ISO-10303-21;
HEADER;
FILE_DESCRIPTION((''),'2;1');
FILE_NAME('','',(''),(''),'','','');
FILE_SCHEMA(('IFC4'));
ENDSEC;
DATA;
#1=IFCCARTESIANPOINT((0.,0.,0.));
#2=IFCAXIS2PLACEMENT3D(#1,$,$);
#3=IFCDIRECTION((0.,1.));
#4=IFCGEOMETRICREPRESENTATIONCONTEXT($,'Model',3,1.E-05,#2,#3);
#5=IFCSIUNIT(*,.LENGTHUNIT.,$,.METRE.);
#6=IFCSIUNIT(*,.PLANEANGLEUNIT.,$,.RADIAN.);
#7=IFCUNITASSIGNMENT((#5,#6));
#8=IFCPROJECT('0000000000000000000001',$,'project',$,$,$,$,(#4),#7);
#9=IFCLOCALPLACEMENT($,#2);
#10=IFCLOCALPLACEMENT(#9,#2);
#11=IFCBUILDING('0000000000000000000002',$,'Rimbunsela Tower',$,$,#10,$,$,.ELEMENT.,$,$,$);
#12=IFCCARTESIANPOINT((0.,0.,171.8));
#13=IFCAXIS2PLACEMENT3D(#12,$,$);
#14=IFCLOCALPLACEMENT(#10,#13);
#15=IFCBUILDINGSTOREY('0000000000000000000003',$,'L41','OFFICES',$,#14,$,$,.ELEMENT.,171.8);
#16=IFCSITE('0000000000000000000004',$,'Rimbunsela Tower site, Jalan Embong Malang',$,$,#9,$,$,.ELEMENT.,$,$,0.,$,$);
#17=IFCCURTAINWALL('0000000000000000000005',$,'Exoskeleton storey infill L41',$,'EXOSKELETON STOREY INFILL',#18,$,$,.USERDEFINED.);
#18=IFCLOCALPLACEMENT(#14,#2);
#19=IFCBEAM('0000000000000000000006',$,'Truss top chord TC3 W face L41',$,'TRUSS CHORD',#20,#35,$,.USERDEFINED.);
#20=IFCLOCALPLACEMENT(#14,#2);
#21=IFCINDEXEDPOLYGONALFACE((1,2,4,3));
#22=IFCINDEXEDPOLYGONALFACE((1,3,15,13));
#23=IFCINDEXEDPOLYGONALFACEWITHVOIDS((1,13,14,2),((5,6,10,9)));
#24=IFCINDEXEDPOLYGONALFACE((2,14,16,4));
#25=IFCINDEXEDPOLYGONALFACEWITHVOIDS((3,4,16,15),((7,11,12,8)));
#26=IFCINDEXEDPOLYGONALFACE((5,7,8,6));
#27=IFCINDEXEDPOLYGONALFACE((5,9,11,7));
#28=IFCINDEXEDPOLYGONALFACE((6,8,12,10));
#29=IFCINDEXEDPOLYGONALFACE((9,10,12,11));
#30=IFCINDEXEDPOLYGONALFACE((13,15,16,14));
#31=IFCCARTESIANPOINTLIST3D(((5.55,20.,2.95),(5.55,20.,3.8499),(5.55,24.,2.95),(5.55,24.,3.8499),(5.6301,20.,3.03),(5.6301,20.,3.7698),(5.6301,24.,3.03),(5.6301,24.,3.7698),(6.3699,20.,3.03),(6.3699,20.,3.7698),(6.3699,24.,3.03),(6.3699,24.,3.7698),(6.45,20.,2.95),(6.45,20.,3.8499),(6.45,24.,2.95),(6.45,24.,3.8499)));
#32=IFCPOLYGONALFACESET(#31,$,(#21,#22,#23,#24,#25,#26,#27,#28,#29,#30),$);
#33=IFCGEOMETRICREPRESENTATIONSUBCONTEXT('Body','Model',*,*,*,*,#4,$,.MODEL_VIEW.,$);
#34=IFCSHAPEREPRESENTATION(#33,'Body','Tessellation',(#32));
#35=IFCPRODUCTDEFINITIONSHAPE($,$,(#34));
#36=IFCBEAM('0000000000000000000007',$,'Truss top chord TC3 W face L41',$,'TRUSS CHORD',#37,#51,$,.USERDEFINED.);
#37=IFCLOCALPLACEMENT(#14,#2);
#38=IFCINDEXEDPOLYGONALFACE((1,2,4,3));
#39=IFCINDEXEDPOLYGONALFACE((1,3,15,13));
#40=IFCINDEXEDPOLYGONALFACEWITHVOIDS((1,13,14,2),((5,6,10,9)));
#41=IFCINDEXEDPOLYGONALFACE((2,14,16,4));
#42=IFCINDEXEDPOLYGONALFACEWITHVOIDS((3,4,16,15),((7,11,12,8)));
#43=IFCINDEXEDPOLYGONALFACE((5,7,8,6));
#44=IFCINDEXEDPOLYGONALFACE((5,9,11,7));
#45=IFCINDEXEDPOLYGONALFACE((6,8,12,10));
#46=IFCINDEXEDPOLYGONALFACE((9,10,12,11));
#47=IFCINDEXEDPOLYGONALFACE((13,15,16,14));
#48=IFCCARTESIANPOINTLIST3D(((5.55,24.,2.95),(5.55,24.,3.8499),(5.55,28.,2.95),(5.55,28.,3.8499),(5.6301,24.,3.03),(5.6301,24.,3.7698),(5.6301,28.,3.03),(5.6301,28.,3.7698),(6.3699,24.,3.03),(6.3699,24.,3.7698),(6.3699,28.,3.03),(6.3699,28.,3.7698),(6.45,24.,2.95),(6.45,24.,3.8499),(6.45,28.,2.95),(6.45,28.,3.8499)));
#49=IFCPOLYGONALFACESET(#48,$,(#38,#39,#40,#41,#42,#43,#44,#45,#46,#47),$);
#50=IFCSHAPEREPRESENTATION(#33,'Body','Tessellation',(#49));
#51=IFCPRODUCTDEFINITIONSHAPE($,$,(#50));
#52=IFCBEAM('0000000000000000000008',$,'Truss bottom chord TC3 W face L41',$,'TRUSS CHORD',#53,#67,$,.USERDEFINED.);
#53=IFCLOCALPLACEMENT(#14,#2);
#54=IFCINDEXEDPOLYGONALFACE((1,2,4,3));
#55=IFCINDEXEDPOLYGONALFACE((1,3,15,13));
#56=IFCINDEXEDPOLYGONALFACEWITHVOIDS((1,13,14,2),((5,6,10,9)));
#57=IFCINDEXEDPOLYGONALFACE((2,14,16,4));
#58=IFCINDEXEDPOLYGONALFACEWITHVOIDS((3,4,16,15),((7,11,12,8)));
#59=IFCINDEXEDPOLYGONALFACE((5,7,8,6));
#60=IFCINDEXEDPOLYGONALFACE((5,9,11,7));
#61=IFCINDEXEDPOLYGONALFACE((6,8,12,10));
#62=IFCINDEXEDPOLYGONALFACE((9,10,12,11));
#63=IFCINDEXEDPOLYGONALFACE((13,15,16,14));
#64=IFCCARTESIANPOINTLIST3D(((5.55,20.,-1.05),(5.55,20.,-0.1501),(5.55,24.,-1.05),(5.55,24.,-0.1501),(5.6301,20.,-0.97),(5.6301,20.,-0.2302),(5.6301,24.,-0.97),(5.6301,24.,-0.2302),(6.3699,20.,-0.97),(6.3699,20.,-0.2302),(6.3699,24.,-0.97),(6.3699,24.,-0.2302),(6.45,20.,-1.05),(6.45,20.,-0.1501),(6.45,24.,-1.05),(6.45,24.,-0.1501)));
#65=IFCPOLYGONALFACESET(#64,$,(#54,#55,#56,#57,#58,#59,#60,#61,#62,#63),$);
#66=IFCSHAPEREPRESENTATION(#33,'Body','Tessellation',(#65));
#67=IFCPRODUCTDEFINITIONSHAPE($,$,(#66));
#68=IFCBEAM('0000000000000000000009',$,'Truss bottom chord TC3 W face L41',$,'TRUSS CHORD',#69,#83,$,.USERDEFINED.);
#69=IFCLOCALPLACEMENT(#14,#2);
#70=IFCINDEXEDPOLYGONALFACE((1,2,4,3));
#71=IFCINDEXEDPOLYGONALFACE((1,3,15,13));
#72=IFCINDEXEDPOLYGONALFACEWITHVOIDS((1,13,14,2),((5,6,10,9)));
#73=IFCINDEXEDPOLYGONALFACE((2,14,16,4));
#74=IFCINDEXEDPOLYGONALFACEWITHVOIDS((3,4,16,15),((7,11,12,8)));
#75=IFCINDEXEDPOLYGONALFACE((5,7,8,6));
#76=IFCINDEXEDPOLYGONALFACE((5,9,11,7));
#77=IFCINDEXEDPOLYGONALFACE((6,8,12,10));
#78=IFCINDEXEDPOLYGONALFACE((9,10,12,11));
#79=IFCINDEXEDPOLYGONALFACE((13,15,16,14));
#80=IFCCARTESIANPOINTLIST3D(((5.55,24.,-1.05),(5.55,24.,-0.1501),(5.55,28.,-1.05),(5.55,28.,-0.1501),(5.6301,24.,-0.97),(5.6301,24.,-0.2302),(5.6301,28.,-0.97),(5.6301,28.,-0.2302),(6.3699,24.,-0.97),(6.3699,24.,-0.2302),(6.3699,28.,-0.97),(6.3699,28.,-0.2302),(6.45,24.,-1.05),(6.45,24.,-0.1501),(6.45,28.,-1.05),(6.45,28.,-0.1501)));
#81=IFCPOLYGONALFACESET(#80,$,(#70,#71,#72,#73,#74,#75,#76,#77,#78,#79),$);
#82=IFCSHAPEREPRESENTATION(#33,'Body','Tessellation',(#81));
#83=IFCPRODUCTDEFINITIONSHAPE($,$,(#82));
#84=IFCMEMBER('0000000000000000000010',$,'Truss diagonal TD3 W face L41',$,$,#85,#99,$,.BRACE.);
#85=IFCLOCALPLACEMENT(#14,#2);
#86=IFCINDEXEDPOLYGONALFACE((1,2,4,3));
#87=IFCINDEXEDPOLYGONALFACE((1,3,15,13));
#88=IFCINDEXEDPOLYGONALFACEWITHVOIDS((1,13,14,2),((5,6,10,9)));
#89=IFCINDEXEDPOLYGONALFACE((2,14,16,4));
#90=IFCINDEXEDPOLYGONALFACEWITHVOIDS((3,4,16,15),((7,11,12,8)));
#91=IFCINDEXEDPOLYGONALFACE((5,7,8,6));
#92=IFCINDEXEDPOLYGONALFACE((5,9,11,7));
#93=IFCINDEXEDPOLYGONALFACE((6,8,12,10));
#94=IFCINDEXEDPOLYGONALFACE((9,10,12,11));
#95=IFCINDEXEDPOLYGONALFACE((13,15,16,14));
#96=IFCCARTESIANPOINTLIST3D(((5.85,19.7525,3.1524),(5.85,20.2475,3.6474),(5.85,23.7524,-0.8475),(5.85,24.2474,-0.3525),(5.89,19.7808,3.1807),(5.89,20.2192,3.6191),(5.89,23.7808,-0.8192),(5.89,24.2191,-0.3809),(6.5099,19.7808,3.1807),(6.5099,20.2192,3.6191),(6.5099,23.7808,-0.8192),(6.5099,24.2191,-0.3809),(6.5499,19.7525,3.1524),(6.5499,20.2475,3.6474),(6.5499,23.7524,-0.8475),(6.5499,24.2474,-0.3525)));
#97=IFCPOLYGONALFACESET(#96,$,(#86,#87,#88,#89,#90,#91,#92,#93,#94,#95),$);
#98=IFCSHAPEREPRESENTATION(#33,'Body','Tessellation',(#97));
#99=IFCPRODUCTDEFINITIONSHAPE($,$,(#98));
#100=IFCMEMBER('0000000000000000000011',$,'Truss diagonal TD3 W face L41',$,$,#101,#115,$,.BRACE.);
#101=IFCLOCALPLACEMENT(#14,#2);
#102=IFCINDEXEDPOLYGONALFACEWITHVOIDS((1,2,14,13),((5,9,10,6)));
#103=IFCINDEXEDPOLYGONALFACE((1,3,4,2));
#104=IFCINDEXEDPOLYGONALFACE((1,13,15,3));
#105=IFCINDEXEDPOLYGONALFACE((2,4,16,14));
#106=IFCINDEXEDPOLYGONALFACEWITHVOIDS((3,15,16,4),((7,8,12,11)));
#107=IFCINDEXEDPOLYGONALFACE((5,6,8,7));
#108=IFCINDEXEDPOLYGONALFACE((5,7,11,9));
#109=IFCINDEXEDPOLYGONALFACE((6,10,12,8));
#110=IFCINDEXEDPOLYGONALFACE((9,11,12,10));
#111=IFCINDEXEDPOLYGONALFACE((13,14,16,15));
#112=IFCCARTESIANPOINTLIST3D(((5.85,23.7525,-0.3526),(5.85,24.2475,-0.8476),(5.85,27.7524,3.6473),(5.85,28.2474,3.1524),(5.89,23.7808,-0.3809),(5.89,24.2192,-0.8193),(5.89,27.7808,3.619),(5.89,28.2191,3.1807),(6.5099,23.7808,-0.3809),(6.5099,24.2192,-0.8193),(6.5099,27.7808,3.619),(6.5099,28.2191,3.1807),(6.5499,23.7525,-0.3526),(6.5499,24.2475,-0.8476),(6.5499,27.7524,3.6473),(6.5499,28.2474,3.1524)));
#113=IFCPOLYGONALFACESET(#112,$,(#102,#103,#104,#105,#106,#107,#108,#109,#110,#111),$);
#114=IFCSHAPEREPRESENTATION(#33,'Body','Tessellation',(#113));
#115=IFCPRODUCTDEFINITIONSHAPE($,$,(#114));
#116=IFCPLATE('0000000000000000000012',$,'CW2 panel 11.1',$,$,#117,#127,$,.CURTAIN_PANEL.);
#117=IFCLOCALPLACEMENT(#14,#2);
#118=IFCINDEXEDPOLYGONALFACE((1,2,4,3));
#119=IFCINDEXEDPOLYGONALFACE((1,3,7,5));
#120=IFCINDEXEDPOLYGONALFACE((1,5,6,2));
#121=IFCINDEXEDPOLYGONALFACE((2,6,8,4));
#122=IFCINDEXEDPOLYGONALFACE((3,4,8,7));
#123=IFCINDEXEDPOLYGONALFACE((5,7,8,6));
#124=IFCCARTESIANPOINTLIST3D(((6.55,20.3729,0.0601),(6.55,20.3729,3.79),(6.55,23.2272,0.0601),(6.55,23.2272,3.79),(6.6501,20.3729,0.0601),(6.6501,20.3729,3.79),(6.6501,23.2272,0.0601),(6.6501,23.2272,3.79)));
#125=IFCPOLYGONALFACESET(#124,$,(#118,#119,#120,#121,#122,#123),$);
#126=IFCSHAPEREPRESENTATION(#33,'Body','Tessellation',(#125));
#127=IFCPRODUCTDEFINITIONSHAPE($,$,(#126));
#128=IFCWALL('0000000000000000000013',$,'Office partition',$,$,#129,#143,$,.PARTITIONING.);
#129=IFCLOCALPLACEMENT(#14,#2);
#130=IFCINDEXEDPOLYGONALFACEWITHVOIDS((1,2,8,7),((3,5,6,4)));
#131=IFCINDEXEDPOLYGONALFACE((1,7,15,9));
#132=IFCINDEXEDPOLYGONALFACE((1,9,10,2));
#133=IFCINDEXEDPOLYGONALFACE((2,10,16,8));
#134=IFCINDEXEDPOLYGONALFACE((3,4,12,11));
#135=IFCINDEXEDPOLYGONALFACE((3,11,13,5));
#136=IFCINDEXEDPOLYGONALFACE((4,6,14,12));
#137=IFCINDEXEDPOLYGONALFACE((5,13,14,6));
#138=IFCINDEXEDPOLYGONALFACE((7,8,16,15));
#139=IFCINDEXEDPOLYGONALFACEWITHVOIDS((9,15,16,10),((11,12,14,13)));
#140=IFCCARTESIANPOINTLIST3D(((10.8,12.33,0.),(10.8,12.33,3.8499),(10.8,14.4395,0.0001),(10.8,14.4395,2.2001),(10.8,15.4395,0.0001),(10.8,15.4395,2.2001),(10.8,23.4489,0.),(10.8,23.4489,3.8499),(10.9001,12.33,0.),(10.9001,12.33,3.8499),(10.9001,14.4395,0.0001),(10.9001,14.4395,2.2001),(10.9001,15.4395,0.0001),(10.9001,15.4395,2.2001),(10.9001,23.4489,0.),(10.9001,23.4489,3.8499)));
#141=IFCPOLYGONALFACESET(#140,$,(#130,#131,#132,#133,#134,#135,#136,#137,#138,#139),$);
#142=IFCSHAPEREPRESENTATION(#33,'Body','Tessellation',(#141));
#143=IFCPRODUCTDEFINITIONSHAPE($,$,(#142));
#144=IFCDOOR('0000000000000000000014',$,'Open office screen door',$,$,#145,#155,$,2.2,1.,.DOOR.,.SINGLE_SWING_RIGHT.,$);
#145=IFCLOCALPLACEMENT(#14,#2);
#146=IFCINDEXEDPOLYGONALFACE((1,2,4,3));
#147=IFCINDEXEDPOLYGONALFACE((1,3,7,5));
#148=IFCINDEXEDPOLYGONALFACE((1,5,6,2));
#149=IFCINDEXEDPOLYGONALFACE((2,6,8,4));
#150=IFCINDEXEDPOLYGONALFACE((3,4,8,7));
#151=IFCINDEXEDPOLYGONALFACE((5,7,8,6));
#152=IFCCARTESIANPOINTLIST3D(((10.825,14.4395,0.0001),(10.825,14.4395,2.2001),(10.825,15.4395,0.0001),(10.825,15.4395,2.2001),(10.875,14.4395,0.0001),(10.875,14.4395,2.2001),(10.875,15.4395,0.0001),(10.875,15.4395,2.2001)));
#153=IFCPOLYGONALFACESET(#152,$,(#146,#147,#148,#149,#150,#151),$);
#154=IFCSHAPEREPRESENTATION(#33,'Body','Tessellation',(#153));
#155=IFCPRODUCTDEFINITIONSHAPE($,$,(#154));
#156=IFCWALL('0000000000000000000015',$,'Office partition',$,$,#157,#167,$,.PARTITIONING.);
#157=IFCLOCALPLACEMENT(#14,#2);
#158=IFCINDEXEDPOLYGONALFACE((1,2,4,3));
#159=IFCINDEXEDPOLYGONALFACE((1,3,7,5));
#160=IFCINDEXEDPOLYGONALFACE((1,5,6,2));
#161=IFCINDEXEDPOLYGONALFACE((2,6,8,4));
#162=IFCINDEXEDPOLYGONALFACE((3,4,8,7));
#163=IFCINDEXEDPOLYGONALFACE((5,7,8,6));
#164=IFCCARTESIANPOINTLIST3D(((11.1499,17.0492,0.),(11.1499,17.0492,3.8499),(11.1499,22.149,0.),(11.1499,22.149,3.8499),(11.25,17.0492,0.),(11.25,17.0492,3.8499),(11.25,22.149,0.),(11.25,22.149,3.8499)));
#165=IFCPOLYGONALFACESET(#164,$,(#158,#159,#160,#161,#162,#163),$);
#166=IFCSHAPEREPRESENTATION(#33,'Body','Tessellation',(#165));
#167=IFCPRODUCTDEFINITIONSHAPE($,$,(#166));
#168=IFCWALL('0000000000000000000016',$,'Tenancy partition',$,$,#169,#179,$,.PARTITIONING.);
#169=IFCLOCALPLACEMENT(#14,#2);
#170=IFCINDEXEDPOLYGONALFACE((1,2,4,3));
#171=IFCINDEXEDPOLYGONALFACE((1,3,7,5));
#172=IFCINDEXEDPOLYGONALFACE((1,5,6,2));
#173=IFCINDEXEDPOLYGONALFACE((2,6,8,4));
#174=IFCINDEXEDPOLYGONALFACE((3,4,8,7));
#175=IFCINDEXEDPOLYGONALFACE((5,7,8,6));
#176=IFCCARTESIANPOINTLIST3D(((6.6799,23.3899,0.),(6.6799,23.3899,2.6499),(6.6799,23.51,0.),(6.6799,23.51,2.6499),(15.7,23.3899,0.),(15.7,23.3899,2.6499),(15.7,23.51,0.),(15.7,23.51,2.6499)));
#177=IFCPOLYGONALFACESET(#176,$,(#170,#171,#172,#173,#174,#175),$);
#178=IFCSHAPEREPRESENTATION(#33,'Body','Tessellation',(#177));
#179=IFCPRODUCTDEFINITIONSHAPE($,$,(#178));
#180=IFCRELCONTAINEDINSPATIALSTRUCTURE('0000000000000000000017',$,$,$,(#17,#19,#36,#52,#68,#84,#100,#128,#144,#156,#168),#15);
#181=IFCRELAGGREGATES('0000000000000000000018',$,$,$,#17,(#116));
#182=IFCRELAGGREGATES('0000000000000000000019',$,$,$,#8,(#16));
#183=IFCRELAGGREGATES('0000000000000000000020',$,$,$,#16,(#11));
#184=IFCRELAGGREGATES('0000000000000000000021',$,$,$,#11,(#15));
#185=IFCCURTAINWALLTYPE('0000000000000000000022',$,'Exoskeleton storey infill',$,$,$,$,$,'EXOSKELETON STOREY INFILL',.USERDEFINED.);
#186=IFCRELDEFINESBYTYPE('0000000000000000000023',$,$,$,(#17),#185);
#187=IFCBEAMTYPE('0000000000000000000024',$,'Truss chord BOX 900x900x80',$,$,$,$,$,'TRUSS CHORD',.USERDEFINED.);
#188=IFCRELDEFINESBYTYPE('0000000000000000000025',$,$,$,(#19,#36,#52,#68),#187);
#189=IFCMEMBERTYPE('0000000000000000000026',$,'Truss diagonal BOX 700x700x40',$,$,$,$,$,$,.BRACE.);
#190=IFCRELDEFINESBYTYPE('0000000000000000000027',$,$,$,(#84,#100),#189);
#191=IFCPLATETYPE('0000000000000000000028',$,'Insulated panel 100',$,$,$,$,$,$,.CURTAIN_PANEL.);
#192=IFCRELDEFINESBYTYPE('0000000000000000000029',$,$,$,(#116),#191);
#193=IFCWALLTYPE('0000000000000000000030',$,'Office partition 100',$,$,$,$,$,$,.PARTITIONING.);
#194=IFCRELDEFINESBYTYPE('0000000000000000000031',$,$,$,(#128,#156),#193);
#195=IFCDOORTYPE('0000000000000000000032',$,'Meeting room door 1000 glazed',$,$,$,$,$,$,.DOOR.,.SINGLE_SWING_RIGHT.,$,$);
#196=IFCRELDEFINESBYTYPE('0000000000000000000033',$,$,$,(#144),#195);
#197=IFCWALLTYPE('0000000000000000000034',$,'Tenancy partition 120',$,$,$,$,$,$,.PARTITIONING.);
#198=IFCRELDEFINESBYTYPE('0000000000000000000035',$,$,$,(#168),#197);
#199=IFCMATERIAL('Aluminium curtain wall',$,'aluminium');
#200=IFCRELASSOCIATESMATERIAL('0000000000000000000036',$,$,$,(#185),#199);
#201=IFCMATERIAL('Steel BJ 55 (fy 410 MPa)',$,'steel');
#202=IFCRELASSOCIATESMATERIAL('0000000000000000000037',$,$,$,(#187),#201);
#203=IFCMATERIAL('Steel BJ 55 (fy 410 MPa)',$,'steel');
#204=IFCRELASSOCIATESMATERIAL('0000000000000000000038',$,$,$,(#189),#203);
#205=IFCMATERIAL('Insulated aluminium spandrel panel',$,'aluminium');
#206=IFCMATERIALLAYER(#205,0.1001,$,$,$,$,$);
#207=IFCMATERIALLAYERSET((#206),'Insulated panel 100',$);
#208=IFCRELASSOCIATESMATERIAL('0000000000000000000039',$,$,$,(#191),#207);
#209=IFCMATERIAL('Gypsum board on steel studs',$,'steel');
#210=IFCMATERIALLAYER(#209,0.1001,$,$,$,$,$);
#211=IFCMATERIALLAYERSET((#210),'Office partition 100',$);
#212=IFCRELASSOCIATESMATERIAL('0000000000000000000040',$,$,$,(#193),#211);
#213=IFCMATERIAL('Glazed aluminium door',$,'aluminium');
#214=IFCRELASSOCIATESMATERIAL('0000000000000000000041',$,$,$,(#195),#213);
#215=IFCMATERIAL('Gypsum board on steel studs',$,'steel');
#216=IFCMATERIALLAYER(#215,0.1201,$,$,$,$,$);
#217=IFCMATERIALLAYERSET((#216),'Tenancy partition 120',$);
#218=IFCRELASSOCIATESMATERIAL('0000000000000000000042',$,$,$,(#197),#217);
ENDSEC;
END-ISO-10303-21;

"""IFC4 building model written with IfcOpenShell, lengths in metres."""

from ifc_helpers import new_model, si_unit, direction, frame, frame_2d, origin, origin_2d, place, context, subcontext, project, spatial, rectangle, hollow_rectangle, extrude, material, layer, layer_set, material_profile, profile_set, type_object, element, fill, aggregate, save


model = new_model("IFC4")

# Units and contexts
model_context = context("Model", 3, precision=1e-05, world=origin(), true_north=direction((0.0, 1.0)))
body_context = subcontext(model_context, "Body", "Model", "MODEL_VIEW")
ifc_project = project(units=[si_unit("LENGTHUNIT", "METRE"), si_unit("PLANEANGLEUNIT", "RADIAN")], contexts=[model_context])

# Site, building, storey
site_placement = place(None, origin())
site = spatial("IfcSite", under=ifc_project, at=site_placement, Name="Rimbunsela Tower site, Jalan Embong Malang", CompositionType="ELEMENT", RefElevation=0.0)
building_placement = place(site_placement, origin())
building = spatial("IfcBuilding", under=site, at=building_placement, Name="Rimbunsela Tower", CompositionType="ELEMENT")
storey_placement = place(building_placement, frame((0.0, 0.0, 171.8)))
storey = spatial("IfcBuildingStorey", under=building, at=storey_placement, Name="L41", Description="OFFICES", CompositionType="ELEMENT", Elevation=171.8)

# Curtain wall
ifc_material_1 = material(Name="Aluminium curtain wall", Category="aluminium")
curtain_wall_type = type_object("IfcCurtainWallType", Name="Exoskeleton storey infill", ElementType="EXOSKELETON STOREY INFILL", PredefinedType="USERDEFINED", material=ifc_material_1)
curtain_wall_placement = place(storey_placement, origin())
curtain_wall = element("IfcCurtainWall", 1, at=curtain_wall_placement, inside=storey, type_object=curtain_wall_type, Name="Exoskeleton storey infill L41", ObjectType="EXOSKELETON STOREY INFILL", PredefinedType="USERDEFINED")

# Beams
ifc_material_2 = material(Name="Steel BJ 55 (fy 410 MPa)", Category="steel")
ifc_material_profile_1 = material_profile(ifc_material_2, hollow_rectangle(XDim=0.8999, YDim=0.8999, WallThickness=0.0801, at=origin_2d()), Name="BOX 900x900x80")
ifc_profile_set_1 = profile_set([ifc_material_profile_1], Name="Steel BJ 55 (fy 410 MPa)")
beam_type_1 = type_object("IfcBeamType", Name="Truss chord BOX 900x900x80", ElementType="TRUSS CHORD", PredefinedType="USERDEFINED", material=ifc_profile_set_1)
for number, where, z_axis, x_axis, name in (
    (2, (6.0, 20.0, 3.3999), (0.0, 1.0, 0.0), (-1.0, 0.0, 0.0), "Truss top chord TC3 W face L41"),
    (3, (6.0, 24.0, 3.3999), (0.0, 1.0, 0.0), (-1.0, 0.0, 0.0), "Truss top chord TC3 W face L41"),
    (4, (6.0, 20.0, -0.6001), (0.0, 1.0, 0.0), (-1.0, 0.0, 0.0), "Truss bottom chord TC3 W face L41"),
    (5, (6.0, 24.0, -0.6001), (0.0, 1.0, 0.0), (-1.0, 0.0, 0.0), "Truss bottom chord TC3 W face L41"),
):
    element("IfcBeam", number, at=place(storey_placement, frame(where, z_axis=z_axis, x_axis=x_axis)), inside=storey, type_object=beam_type_1, Name=name, ObjectType="TRUSS CHORD", PredefinedType="USERDEFINED", context=body_context, shape_type="SweptSolid", body=[
        extrude(hollow_rectangle(XDim=0.8999, YDim=0.8999, WallThickness=0.0801, at=origin_2d()), origin(), (0.0, 0.0, 1.0), 4.0),
    ])

# Members
ifc_material_3 = material(Name="Steel BJ 55 (fy 410 MPa)", Category="steel")
ifc_material_profile_2 = material_profile(ifc_material_3, hollow_rectangle(XDim=0.7, YDim=0.7, WallThickness=0.04, at=origin_2d()), Name="BOX 700x700x40")
ifc_profile_set_2 = profile_set([ifc_material_profile_2], Name="Steel BJ 55 (fy 410 MPa)")
member_type_1 = type_object("IfcMemberType", Name="Truss diagonal BOX 700x700x40", PredefinedType="BRACE", material=ifc_profile_set_2)
for number, where, z_axis, x_axis, name in (
    (6, (6.2, 20.0, 3.3999), (0.0, 0.707107, -0.707107), (-1.0, 0.0, 0.0), "Truss diagonal TD3 W face L41"),
    (7, (6.2, 24.0, -0.6001), (0.0, 0.707107, 0.707107), (-1.0, 0.0, 0.0), "Truss diagonal TD3 W face L41"),
):
    element("IfcMember", number, at=place(storey_placement, frame(where, z_axis=z_axis, x_axis=x_axis)), inside=storey, type_object=member_type_1, Name=name, PredefinedType="BRACE", context=body_context, shape_type="SweptSolid", body=[
        extrude(hollow_rectangle(XDim=0.7, YDim=0.7, WallThickness=0.04, at=origin_2d()), origin(), (0.0, 0.0, 1.0), 5.6567),
    ])

# Plate
ifc_material_4 = material(Name="Insulated aluminium spandrel panel", Category="aluminium")
ifc_layer_1 = layer(ifc_material_4, 0.1001)
ifc_layer_set_1 = layer_set([ifc_layer_1], Name="Insulated panel 100")
plate_type = type_object("IfcPlateType", Name="Insulated panel 100", PredefinedType="CURTAIN_PANEL", material=ifc_layer_set_1)
plate_placement = place(storey_placement, frame((6.6001, 21.8, 0.0601), z_axis=(0.0, 0.0, 1.0), x_axis=(0.0, -1.0, 0.0)))
plate = element("IfcPlate", 8, at=plate_placement, type_object=plate_type, Name="CW2 panel 11.1", PredefinedType="CURTAIN_PANEL", context=body_context, shape_type="SweptSolid", body=[
    extrude(rectangle(XDim=2.8542, YDim=0.1001, at=origin_2d()), origin(), (0.0, 0.0, 1.0), 3.73),
])
aggregate(curtain_wall, [plate])

# Wall, opening, door
ifc_material_5 = material(Name="Gypsum board on steel studs", Category="steel")
ifc_layer_2 = layer(ifc_material_5, 0.1001)
ifc_layer_set_2 = layer_set([ifc_layer_2], Name="Office partition 100")
wall_type_1 = type_object("IfcWallType", Name="Office partition 100", PredefinedType="PARTITIONING", material=ifc_layer_set_2)
wall_1_placement = place(storey_placement, frame((10.8501, 23.449, 0.0), z_axis=(0.0, 0.0, 1.0), x_axis=(0.0, -1.0, 0.0)))
wall_1 = element("IfcWall", 9, at=wall_1_placement, inside=storey, type_object=wall_type_1, Name="Office partition", PredefinedType="PARTITIONING", context=body_context, shape_type="SweptSolid", body=[
    extrude(rectangle(XDim=11.1189, YDim=0.1001, at=frame_2d((5.5596, 0.0))), origin(), (0.0, 0.0, 1.0), 3.8499),
])
opening_placement = place(wall_1_placement, frame((8.0095, 0.0, 0.0)))
opening = element("IfcOpeningElement", 10, at=opening_placement, cuts=wall_1, PredefinedType="OPENING", context=body_context, shape_type="SweptSolid", body=[
    extrude(rectangle(XDim=1.0, YDim=2.2, at=frame_2d((0.5, 1.1001))), frame((0.0, 0.0601, 0.0), z_axis=(0.0, -1.0, 0.0), x_axis=(1.0, 0.0, 0.0)), (0.0, 0.0, 1.0), 0.1201),
])
ifc_material_6 = material(Name="Glazed aluminium door", Category="aluminium")
door_type = type_object("IfcDoorType", Name="Meeting room door 1000 glazed", OperationType="SINGLE_SWING_RIGHT", PredefinedType="DOOR", material=ifc_material_6)
door_placement = place(opening_placement, origin())
door = element("IfcDoor", 11, at=door_placement, inside=storey, type_object=door_type, Name="Open office screen door", OperationType="SINGLE_SWING_RIGHT", OverallHeight=2.2, OverallWidth=1.0, PredefinedType="DOOR", context=body_context, shape_type="SweptSolid", body=[
    extrude(rectangle(XDim=1.0, YDim=2.2, at=frame_2d((0.5, 1.1001))), frame((0.0, 0.0249, 0.0), z_axis=(0.0, -1.0, 0.0), x_axis=(1.0, 0.0, 0.0)), (0.0, 0.0, 1.0), 0.05),
])
fill(opening, door)

# Walls
wall_2_placement = place(storey_placement, frame((11.2, 22.1489, 0.0), z_axis=(0.0, 0.0, 1.0), x_axis=(0.0, -1.0, 0.0)))
element("IfcWall", 12, at=wall_2_placement, inside=storey, type_object=wall_type_1, Name="Office partition", PredefinedType="PARTITIONING", context=body_context, shape_type="SweptSolid", body=[
    extrude(rectangle(XDim=5.0999, YDim=0.1001, at=frame_2d((2.5498, 0.0))), origin(), (0.0, 0.0, 1.0), 3.8499),
])
ifc_material_7 = material(Name="Gypsum board on steel studs", Category="steel")
ifc_layer_3 = layer(ifc_material_7, 0.1201)
ifc_layer_set_3 = layer_set([ifc_layer_3], Name="Tenancy partition 120")
wall_type_2 = type_object("IfcWallType", Name="Tenancy partition 120", PredefinedType="PARTITIONING", material=ifc_layer_set_3)
wall_3_placement = place(storey_placement, frame((6.6799, 23.45, 0.0), z_axis=(0.0, 0.0, 1.0), x_axis=(1.0, 0.0, 0.0)))
element("IfcWall", 13, at=wall_3_placement, inside=storey, type_object=wall_type_2, Name="Tenancy partition", PredefinedType="PARTITIONING", context=body_context, shape_type="SweptSolid", body=[
    extrude(rectangle(XDim=9.02, YDim=0.1201, at=frame_2d((4.51, 0.0))), origin(), (0.0, 0.0, 1.0), 2.6499),
])

save(model, "model.ifc")
